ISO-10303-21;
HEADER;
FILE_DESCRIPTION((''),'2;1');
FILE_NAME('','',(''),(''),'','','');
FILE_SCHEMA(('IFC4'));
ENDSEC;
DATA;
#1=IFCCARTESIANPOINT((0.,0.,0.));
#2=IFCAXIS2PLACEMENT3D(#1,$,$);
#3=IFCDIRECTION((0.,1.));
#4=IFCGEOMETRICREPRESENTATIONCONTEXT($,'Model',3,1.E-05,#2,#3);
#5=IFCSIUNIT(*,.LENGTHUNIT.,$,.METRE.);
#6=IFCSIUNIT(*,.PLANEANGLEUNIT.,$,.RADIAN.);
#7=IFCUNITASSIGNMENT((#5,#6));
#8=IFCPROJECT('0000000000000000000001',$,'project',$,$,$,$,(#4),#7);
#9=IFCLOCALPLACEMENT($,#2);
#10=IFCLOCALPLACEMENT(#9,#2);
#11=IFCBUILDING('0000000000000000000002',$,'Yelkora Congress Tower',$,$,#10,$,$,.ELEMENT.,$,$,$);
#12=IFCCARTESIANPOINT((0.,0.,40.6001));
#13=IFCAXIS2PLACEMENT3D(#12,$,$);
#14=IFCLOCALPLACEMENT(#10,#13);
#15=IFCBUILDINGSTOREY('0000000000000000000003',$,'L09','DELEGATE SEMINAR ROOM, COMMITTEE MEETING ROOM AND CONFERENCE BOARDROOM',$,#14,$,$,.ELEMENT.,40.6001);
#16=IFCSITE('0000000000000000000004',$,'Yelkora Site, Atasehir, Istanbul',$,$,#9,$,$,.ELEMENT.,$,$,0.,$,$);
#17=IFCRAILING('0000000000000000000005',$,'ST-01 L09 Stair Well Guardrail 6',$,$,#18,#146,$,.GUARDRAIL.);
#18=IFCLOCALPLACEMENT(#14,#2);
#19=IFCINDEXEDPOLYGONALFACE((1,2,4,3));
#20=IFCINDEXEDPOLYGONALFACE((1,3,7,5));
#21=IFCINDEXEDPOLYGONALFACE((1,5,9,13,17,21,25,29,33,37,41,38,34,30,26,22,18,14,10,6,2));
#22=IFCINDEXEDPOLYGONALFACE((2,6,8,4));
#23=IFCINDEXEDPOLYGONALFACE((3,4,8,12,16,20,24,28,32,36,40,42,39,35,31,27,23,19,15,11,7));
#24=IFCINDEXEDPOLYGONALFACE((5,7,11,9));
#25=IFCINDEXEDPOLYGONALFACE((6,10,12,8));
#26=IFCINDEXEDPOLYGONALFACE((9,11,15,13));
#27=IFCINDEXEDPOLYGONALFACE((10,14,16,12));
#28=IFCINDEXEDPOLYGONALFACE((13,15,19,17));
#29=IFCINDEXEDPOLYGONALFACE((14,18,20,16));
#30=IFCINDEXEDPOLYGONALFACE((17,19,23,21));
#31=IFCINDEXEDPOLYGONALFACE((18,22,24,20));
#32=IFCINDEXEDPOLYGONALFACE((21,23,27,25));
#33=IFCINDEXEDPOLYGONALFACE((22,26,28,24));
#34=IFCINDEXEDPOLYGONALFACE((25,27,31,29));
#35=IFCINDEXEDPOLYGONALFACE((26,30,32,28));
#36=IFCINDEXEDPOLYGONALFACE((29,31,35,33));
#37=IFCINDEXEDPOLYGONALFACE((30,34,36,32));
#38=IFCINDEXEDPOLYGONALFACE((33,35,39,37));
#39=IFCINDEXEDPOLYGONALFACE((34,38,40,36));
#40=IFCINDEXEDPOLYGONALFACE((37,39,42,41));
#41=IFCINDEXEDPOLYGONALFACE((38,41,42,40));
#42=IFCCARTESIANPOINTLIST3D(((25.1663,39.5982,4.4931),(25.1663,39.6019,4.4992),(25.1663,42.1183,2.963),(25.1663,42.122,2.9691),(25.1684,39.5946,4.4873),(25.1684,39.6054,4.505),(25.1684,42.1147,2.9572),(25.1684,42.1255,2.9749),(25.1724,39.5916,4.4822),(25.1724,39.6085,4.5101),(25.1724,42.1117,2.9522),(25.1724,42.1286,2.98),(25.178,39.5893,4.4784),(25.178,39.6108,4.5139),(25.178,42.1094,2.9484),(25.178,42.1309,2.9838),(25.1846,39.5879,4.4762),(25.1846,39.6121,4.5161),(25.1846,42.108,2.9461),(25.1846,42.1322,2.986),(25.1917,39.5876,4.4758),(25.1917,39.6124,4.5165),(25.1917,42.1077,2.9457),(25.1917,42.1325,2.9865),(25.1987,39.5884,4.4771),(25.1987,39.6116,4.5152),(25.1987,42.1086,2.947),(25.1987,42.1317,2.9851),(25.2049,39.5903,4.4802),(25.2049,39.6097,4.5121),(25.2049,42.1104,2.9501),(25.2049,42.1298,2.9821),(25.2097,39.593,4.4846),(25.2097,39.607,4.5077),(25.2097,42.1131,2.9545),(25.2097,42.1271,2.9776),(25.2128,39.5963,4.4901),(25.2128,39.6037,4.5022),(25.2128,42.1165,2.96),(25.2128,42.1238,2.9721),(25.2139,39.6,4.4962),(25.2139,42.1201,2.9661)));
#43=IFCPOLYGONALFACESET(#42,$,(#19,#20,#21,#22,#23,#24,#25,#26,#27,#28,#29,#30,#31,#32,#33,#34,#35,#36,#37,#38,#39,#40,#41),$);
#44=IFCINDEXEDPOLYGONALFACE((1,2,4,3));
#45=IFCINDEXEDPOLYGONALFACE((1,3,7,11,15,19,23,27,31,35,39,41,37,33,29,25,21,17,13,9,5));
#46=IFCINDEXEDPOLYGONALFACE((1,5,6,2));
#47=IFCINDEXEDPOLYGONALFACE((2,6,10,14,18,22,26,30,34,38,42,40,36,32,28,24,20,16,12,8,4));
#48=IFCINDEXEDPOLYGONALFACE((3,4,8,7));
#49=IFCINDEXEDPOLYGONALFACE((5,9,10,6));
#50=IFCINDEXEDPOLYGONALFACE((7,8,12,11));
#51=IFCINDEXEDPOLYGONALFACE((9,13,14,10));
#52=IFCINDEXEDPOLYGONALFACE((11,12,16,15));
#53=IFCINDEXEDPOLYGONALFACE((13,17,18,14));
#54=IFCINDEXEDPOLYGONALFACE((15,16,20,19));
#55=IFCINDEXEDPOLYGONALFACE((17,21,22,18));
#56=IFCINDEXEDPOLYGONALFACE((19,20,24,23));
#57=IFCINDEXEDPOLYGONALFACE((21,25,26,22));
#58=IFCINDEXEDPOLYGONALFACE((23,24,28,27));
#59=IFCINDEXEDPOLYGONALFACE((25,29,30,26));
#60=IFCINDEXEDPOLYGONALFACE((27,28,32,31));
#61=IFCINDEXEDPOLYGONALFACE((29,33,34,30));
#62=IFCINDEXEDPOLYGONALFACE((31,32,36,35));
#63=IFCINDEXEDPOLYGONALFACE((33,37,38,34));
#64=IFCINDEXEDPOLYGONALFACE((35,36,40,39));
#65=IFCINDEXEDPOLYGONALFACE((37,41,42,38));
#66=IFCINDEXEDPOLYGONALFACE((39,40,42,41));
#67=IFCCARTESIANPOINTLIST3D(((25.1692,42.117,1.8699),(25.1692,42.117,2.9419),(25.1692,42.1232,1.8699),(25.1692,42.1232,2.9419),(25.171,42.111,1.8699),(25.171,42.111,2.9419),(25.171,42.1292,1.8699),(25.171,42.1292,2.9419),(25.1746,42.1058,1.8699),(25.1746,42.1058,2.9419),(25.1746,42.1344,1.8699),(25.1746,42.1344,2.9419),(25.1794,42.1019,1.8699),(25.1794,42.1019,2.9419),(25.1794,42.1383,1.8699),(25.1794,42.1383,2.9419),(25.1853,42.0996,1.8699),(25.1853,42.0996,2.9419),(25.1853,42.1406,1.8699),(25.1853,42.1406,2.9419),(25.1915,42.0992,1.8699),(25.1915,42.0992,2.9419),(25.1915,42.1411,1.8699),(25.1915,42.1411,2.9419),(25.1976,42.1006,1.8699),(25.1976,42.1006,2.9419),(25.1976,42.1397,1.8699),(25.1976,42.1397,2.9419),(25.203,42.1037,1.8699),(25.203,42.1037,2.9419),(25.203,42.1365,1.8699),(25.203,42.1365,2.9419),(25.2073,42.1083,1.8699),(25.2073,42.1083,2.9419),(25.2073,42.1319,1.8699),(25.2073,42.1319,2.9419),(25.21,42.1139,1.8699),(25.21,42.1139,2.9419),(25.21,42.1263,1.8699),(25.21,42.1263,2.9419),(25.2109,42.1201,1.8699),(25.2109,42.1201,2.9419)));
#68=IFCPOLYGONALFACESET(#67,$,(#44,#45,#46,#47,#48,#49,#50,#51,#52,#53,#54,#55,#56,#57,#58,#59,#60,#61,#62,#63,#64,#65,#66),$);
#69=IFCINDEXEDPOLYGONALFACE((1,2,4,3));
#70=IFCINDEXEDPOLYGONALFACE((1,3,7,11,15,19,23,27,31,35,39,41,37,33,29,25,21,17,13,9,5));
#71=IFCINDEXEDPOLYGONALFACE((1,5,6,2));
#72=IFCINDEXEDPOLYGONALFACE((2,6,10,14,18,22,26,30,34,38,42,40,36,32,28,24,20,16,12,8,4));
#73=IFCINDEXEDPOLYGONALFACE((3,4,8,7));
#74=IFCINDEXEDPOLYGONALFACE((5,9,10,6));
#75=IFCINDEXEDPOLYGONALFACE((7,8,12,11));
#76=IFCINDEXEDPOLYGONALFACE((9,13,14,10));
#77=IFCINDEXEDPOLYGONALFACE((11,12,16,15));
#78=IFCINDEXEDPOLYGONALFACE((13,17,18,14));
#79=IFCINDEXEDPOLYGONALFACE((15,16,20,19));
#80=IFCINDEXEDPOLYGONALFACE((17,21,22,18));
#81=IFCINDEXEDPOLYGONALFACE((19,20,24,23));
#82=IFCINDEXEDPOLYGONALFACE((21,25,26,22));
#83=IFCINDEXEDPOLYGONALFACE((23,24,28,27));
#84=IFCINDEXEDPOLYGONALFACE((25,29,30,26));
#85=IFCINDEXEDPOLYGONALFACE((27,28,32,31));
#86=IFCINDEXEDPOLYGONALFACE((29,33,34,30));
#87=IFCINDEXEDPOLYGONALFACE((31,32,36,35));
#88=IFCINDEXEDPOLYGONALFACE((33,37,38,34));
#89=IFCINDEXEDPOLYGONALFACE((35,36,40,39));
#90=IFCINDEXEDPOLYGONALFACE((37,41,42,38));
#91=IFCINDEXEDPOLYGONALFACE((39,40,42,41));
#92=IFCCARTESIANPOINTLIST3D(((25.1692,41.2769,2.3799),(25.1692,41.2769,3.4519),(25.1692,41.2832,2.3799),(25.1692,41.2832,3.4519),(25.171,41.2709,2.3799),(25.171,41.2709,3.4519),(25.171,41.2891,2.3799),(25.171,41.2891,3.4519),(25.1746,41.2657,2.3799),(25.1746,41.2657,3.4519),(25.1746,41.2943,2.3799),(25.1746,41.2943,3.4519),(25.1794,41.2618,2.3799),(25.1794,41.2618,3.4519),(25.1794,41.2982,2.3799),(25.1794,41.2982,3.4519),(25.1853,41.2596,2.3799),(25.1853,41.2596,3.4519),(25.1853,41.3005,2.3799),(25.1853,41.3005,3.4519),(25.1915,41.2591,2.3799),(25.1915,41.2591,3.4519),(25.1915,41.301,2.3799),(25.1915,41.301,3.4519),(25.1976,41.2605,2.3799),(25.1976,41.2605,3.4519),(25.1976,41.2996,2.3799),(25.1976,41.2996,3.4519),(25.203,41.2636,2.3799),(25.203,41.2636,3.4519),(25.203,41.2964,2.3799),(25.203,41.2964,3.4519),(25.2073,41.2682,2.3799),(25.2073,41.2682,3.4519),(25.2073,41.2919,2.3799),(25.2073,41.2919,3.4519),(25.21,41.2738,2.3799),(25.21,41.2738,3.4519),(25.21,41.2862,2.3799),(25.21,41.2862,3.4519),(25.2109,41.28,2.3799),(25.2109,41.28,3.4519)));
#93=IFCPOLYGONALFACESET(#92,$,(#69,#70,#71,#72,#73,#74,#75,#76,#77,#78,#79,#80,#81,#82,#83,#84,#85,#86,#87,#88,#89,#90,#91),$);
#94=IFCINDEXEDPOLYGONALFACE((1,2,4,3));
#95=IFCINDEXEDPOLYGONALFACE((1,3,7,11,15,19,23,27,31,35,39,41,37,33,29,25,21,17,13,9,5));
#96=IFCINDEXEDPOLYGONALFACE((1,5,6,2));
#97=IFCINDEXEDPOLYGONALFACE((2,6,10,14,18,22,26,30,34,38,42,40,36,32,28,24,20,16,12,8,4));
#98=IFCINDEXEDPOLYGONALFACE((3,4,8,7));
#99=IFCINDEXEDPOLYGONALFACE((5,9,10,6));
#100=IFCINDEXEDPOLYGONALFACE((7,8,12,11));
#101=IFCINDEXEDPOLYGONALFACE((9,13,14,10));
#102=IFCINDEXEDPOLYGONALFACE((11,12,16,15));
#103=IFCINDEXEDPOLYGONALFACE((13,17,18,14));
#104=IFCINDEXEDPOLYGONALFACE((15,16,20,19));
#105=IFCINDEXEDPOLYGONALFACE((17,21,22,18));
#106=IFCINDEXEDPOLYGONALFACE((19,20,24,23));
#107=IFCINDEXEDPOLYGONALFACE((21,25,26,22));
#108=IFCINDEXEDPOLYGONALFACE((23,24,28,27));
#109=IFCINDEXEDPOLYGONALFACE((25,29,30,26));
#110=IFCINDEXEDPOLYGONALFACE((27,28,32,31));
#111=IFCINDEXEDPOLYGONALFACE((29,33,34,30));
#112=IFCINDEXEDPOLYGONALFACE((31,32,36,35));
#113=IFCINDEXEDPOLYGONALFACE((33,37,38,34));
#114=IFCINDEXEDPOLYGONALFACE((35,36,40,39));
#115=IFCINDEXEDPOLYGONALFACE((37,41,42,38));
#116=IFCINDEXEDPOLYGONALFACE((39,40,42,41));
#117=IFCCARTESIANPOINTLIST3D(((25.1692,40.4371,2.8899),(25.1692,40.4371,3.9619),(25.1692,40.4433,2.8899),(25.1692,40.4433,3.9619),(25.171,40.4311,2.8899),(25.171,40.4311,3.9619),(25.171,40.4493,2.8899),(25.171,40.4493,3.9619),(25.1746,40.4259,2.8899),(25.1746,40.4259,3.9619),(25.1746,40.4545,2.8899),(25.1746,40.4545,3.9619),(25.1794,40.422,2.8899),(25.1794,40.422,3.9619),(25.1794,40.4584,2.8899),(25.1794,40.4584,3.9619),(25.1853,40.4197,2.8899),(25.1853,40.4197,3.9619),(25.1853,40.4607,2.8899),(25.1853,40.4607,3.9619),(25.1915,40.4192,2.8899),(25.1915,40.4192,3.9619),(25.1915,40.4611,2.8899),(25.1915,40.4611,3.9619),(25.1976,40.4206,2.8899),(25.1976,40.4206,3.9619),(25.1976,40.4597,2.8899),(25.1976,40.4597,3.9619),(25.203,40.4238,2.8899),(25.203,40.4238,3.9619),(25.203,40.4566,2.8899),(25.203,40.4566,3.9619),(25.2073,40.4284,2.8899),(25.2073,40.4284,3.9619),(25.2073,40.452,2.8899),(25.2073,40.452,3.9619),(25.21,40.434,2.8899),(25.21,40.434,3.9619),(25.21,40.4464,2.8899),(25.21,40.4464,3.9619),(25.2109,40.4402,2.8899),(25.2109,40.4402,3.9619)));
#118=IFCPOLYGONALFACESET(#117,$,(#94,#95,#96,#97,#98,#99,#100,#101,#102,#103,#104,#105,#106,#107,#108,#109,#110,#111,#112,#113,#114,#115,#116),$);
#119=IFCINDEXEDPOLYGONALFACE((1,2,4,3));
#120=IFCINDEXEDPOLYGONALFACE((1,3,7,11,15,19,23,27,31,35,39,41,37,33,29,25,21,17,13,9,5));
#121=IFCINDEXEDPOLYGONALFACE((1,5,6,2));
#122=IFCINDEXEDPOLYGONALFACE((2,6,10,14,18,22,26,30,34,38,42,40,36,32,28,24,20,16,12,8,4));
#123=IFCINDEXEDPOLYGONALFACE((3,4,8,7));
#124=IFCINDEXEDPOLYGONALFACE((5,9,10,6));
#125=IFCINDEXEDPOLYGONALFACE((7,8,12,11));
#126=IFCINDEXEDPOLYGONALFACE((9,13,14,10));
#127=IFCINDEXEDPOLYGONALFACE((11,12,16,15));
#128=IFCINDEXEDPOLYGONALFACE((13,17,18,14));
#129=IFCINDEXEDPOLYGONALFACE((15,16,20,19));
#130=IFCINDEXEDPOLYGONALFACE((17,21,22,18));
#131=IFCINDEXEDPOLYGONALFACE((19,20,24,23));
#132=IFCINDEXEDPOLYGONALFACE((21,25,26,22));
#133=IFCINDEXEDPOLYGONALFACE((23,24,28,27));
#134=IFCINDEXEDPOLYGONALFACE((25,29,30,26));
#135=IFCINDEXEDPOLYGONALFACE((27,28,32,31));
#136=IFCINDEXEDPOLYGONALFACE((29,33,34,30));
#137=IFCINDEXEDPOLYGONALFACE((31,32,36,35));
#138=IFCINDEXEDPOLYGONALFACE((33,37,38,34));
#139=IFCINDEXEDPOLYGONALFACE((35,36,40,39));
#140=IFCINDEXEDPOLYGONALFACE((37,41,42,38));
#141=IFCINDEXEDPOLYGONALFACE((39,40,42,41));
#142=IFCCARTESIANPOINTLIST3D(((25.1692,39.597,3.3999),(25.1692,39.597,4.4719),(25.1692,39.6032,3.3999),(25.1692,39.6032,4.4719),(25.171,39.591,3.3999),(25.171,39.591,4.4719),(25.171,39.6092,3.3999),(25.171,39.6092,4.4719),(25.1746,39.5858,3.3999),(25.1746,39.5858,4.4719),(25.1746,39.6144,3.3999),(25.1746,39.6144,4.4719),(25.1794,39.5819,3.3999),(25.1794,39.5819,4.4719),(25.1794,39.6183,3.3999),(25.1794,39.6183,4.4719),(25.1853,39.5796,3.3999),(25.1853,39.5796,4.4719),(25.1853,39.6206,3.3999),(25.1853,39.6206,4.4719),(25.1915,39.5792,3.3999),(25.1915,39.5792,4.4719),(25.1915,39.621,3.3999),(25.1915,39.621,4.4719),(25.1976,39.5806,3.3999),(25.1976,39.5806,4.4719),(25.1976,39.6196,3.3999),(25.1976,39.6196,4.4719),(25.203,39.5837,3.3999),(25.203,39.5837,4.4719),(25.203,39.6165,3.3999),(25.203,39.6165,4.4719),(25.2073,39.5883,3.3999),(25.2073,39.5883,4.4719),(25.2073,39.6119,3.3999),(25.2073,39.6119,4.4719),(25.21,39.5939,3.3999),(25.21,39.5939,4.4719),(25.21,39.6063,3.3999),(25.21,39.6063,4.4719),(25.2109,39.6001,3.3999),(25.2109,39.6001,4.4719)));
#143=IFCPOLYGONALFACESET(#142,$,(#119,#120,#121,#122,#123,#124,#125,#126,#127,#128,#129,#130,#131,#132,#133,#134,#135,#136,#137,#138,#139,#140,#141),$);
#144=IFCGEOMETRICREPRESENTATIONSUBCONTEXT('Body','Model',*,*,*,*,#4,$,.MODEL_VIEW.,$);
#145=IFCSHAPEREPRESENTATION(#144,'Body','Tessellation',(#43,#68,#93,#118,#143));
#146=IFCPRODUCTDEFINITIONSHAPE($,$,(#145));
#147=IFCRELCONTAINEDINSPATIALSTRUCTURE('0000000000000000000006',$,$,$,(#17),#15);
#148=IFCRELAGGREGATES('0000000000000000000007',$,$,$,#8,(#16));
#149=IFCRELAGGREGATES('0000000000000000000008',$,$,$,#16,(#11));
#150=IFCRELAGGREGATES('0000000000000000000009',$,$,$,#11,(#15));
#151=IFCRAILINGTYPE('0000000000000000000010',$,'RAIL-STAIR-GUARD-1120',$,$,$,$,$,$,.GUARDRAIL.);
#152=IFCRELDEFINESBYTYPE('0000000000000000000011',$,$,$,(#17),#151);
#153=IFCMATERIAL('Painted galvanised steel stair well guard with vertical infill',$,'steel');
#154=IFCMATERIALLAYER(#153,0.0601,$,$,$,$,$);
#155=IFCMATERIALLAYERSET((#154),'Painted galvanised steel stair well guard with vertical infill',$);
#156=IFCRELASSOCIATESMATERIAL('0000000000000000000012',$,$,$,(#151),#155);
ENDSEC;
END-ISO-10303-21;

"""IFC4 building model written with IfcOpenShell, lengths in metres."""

from ifc_helpers import new_model, si_unit, direction, frame, origin, origin_2d, place, context, subcontext, project, spatial, circle, extrude, material, layer, layer_set, type_object, element, save


model = new_model("IFC4")

# Units and contexts
model_context = context("Model", 3, precision=1e-05, world=origin(), true_north=direction((0.0, 1.0)))
body_context = subcontext(model_context, "Body", "Model", "MODEL_VIEW")
ifc_project = project(units=[si_unit("LENGTHUNIT", "METRE"), si_unit("PLANEANGLEUNIT", "RADIAN")], contexts=[model_context])

# Site, building, storey
site_placement = place(None, origin())
site = spatial("IfcSite", under=ifc_project, at=site_placement, Name="Yelkora Site, Atasehir, Istanbul", CompositionType="ELEMENT", RefElevation=0.0)
building_placement = place(site_placement, origin())
building = spatial("IfcBuilding", under=site, at=building_placement, Name="Yelkora Congress Tower", CompositionType="ELEMENT")
storey_placement = place(building_placement, frame((0.0, 0.0, 40.6001)))
storey = spatial("IfcBuildingStorey", under=building, at=storey_placement, Name="L09", Description="DELEGATE SEMINAR ROOM, COMMITTEE MEETING ROOM AND CONFERENCE BOARDROOM", CompositionType="ELEMENT", Elevation=40.6001)

# Railing
ifc_material_1 = material(Name="Painted galvanised steel stair well guard with vertical infill", Category="steel")
ifc_layer_1 = layer(ifc_material_1, 0.0601)
ifc_layer_set_1 = layer_set([ifc_layer_1], Name="Painted galvanised steel stair well guard with vertical infill")
railing_type_1 = type_object("IfcRailingType", Name="RAIL-STAIR-GUARD-1120", PredefinedType="GUARDRAIL", material=ifc_layer_set_1)
railing_1_placement = place(storey_placement, frame((25.1899, 42.1201, 1.8699)))
element("IfcRailing", 1, at=railing_1_placement, inside=storey, type_object=railing_type_1, Name="ST-01 L09 Stair Well Guardrail 6", PredefinedType="GUARDRAIL", context=body_context, shape_type="SweptSolid", body=[
    extrude(circle(Radius=0.0239, at=origin_2d()), frame((0.0, 0.0, 1.0962), z_axis=(0.0, -0.854785, 0.518982), x_axis=(1.0, 0.0, 0.0)), (0.0, 0.0, 1.0), 2.9482),
    extrude(circle(Radius=0.021, at=origin_2d()), origin(), (0.0, 0.0, 1.0), 1.072),
    extrude(circle(Radius=0.021, at=origin_2d()), frame((0.0, -0.8401, 0.51)), (0.0, 0.0, 1.0), 1.072),
    extrude(circle(Radius=0.021, at=origin_2d()), frame((0.0, -1.6799, 1.02)), (0.0, 0.0, 1.0), 1.072),
    extrude(circle(Radius=0.021, at=origin_2d()), frame((0.0, -2.52, 1.53)), (0.0, 0.0, 1.0), 1.072),
])

save(model, "model.ifc")
